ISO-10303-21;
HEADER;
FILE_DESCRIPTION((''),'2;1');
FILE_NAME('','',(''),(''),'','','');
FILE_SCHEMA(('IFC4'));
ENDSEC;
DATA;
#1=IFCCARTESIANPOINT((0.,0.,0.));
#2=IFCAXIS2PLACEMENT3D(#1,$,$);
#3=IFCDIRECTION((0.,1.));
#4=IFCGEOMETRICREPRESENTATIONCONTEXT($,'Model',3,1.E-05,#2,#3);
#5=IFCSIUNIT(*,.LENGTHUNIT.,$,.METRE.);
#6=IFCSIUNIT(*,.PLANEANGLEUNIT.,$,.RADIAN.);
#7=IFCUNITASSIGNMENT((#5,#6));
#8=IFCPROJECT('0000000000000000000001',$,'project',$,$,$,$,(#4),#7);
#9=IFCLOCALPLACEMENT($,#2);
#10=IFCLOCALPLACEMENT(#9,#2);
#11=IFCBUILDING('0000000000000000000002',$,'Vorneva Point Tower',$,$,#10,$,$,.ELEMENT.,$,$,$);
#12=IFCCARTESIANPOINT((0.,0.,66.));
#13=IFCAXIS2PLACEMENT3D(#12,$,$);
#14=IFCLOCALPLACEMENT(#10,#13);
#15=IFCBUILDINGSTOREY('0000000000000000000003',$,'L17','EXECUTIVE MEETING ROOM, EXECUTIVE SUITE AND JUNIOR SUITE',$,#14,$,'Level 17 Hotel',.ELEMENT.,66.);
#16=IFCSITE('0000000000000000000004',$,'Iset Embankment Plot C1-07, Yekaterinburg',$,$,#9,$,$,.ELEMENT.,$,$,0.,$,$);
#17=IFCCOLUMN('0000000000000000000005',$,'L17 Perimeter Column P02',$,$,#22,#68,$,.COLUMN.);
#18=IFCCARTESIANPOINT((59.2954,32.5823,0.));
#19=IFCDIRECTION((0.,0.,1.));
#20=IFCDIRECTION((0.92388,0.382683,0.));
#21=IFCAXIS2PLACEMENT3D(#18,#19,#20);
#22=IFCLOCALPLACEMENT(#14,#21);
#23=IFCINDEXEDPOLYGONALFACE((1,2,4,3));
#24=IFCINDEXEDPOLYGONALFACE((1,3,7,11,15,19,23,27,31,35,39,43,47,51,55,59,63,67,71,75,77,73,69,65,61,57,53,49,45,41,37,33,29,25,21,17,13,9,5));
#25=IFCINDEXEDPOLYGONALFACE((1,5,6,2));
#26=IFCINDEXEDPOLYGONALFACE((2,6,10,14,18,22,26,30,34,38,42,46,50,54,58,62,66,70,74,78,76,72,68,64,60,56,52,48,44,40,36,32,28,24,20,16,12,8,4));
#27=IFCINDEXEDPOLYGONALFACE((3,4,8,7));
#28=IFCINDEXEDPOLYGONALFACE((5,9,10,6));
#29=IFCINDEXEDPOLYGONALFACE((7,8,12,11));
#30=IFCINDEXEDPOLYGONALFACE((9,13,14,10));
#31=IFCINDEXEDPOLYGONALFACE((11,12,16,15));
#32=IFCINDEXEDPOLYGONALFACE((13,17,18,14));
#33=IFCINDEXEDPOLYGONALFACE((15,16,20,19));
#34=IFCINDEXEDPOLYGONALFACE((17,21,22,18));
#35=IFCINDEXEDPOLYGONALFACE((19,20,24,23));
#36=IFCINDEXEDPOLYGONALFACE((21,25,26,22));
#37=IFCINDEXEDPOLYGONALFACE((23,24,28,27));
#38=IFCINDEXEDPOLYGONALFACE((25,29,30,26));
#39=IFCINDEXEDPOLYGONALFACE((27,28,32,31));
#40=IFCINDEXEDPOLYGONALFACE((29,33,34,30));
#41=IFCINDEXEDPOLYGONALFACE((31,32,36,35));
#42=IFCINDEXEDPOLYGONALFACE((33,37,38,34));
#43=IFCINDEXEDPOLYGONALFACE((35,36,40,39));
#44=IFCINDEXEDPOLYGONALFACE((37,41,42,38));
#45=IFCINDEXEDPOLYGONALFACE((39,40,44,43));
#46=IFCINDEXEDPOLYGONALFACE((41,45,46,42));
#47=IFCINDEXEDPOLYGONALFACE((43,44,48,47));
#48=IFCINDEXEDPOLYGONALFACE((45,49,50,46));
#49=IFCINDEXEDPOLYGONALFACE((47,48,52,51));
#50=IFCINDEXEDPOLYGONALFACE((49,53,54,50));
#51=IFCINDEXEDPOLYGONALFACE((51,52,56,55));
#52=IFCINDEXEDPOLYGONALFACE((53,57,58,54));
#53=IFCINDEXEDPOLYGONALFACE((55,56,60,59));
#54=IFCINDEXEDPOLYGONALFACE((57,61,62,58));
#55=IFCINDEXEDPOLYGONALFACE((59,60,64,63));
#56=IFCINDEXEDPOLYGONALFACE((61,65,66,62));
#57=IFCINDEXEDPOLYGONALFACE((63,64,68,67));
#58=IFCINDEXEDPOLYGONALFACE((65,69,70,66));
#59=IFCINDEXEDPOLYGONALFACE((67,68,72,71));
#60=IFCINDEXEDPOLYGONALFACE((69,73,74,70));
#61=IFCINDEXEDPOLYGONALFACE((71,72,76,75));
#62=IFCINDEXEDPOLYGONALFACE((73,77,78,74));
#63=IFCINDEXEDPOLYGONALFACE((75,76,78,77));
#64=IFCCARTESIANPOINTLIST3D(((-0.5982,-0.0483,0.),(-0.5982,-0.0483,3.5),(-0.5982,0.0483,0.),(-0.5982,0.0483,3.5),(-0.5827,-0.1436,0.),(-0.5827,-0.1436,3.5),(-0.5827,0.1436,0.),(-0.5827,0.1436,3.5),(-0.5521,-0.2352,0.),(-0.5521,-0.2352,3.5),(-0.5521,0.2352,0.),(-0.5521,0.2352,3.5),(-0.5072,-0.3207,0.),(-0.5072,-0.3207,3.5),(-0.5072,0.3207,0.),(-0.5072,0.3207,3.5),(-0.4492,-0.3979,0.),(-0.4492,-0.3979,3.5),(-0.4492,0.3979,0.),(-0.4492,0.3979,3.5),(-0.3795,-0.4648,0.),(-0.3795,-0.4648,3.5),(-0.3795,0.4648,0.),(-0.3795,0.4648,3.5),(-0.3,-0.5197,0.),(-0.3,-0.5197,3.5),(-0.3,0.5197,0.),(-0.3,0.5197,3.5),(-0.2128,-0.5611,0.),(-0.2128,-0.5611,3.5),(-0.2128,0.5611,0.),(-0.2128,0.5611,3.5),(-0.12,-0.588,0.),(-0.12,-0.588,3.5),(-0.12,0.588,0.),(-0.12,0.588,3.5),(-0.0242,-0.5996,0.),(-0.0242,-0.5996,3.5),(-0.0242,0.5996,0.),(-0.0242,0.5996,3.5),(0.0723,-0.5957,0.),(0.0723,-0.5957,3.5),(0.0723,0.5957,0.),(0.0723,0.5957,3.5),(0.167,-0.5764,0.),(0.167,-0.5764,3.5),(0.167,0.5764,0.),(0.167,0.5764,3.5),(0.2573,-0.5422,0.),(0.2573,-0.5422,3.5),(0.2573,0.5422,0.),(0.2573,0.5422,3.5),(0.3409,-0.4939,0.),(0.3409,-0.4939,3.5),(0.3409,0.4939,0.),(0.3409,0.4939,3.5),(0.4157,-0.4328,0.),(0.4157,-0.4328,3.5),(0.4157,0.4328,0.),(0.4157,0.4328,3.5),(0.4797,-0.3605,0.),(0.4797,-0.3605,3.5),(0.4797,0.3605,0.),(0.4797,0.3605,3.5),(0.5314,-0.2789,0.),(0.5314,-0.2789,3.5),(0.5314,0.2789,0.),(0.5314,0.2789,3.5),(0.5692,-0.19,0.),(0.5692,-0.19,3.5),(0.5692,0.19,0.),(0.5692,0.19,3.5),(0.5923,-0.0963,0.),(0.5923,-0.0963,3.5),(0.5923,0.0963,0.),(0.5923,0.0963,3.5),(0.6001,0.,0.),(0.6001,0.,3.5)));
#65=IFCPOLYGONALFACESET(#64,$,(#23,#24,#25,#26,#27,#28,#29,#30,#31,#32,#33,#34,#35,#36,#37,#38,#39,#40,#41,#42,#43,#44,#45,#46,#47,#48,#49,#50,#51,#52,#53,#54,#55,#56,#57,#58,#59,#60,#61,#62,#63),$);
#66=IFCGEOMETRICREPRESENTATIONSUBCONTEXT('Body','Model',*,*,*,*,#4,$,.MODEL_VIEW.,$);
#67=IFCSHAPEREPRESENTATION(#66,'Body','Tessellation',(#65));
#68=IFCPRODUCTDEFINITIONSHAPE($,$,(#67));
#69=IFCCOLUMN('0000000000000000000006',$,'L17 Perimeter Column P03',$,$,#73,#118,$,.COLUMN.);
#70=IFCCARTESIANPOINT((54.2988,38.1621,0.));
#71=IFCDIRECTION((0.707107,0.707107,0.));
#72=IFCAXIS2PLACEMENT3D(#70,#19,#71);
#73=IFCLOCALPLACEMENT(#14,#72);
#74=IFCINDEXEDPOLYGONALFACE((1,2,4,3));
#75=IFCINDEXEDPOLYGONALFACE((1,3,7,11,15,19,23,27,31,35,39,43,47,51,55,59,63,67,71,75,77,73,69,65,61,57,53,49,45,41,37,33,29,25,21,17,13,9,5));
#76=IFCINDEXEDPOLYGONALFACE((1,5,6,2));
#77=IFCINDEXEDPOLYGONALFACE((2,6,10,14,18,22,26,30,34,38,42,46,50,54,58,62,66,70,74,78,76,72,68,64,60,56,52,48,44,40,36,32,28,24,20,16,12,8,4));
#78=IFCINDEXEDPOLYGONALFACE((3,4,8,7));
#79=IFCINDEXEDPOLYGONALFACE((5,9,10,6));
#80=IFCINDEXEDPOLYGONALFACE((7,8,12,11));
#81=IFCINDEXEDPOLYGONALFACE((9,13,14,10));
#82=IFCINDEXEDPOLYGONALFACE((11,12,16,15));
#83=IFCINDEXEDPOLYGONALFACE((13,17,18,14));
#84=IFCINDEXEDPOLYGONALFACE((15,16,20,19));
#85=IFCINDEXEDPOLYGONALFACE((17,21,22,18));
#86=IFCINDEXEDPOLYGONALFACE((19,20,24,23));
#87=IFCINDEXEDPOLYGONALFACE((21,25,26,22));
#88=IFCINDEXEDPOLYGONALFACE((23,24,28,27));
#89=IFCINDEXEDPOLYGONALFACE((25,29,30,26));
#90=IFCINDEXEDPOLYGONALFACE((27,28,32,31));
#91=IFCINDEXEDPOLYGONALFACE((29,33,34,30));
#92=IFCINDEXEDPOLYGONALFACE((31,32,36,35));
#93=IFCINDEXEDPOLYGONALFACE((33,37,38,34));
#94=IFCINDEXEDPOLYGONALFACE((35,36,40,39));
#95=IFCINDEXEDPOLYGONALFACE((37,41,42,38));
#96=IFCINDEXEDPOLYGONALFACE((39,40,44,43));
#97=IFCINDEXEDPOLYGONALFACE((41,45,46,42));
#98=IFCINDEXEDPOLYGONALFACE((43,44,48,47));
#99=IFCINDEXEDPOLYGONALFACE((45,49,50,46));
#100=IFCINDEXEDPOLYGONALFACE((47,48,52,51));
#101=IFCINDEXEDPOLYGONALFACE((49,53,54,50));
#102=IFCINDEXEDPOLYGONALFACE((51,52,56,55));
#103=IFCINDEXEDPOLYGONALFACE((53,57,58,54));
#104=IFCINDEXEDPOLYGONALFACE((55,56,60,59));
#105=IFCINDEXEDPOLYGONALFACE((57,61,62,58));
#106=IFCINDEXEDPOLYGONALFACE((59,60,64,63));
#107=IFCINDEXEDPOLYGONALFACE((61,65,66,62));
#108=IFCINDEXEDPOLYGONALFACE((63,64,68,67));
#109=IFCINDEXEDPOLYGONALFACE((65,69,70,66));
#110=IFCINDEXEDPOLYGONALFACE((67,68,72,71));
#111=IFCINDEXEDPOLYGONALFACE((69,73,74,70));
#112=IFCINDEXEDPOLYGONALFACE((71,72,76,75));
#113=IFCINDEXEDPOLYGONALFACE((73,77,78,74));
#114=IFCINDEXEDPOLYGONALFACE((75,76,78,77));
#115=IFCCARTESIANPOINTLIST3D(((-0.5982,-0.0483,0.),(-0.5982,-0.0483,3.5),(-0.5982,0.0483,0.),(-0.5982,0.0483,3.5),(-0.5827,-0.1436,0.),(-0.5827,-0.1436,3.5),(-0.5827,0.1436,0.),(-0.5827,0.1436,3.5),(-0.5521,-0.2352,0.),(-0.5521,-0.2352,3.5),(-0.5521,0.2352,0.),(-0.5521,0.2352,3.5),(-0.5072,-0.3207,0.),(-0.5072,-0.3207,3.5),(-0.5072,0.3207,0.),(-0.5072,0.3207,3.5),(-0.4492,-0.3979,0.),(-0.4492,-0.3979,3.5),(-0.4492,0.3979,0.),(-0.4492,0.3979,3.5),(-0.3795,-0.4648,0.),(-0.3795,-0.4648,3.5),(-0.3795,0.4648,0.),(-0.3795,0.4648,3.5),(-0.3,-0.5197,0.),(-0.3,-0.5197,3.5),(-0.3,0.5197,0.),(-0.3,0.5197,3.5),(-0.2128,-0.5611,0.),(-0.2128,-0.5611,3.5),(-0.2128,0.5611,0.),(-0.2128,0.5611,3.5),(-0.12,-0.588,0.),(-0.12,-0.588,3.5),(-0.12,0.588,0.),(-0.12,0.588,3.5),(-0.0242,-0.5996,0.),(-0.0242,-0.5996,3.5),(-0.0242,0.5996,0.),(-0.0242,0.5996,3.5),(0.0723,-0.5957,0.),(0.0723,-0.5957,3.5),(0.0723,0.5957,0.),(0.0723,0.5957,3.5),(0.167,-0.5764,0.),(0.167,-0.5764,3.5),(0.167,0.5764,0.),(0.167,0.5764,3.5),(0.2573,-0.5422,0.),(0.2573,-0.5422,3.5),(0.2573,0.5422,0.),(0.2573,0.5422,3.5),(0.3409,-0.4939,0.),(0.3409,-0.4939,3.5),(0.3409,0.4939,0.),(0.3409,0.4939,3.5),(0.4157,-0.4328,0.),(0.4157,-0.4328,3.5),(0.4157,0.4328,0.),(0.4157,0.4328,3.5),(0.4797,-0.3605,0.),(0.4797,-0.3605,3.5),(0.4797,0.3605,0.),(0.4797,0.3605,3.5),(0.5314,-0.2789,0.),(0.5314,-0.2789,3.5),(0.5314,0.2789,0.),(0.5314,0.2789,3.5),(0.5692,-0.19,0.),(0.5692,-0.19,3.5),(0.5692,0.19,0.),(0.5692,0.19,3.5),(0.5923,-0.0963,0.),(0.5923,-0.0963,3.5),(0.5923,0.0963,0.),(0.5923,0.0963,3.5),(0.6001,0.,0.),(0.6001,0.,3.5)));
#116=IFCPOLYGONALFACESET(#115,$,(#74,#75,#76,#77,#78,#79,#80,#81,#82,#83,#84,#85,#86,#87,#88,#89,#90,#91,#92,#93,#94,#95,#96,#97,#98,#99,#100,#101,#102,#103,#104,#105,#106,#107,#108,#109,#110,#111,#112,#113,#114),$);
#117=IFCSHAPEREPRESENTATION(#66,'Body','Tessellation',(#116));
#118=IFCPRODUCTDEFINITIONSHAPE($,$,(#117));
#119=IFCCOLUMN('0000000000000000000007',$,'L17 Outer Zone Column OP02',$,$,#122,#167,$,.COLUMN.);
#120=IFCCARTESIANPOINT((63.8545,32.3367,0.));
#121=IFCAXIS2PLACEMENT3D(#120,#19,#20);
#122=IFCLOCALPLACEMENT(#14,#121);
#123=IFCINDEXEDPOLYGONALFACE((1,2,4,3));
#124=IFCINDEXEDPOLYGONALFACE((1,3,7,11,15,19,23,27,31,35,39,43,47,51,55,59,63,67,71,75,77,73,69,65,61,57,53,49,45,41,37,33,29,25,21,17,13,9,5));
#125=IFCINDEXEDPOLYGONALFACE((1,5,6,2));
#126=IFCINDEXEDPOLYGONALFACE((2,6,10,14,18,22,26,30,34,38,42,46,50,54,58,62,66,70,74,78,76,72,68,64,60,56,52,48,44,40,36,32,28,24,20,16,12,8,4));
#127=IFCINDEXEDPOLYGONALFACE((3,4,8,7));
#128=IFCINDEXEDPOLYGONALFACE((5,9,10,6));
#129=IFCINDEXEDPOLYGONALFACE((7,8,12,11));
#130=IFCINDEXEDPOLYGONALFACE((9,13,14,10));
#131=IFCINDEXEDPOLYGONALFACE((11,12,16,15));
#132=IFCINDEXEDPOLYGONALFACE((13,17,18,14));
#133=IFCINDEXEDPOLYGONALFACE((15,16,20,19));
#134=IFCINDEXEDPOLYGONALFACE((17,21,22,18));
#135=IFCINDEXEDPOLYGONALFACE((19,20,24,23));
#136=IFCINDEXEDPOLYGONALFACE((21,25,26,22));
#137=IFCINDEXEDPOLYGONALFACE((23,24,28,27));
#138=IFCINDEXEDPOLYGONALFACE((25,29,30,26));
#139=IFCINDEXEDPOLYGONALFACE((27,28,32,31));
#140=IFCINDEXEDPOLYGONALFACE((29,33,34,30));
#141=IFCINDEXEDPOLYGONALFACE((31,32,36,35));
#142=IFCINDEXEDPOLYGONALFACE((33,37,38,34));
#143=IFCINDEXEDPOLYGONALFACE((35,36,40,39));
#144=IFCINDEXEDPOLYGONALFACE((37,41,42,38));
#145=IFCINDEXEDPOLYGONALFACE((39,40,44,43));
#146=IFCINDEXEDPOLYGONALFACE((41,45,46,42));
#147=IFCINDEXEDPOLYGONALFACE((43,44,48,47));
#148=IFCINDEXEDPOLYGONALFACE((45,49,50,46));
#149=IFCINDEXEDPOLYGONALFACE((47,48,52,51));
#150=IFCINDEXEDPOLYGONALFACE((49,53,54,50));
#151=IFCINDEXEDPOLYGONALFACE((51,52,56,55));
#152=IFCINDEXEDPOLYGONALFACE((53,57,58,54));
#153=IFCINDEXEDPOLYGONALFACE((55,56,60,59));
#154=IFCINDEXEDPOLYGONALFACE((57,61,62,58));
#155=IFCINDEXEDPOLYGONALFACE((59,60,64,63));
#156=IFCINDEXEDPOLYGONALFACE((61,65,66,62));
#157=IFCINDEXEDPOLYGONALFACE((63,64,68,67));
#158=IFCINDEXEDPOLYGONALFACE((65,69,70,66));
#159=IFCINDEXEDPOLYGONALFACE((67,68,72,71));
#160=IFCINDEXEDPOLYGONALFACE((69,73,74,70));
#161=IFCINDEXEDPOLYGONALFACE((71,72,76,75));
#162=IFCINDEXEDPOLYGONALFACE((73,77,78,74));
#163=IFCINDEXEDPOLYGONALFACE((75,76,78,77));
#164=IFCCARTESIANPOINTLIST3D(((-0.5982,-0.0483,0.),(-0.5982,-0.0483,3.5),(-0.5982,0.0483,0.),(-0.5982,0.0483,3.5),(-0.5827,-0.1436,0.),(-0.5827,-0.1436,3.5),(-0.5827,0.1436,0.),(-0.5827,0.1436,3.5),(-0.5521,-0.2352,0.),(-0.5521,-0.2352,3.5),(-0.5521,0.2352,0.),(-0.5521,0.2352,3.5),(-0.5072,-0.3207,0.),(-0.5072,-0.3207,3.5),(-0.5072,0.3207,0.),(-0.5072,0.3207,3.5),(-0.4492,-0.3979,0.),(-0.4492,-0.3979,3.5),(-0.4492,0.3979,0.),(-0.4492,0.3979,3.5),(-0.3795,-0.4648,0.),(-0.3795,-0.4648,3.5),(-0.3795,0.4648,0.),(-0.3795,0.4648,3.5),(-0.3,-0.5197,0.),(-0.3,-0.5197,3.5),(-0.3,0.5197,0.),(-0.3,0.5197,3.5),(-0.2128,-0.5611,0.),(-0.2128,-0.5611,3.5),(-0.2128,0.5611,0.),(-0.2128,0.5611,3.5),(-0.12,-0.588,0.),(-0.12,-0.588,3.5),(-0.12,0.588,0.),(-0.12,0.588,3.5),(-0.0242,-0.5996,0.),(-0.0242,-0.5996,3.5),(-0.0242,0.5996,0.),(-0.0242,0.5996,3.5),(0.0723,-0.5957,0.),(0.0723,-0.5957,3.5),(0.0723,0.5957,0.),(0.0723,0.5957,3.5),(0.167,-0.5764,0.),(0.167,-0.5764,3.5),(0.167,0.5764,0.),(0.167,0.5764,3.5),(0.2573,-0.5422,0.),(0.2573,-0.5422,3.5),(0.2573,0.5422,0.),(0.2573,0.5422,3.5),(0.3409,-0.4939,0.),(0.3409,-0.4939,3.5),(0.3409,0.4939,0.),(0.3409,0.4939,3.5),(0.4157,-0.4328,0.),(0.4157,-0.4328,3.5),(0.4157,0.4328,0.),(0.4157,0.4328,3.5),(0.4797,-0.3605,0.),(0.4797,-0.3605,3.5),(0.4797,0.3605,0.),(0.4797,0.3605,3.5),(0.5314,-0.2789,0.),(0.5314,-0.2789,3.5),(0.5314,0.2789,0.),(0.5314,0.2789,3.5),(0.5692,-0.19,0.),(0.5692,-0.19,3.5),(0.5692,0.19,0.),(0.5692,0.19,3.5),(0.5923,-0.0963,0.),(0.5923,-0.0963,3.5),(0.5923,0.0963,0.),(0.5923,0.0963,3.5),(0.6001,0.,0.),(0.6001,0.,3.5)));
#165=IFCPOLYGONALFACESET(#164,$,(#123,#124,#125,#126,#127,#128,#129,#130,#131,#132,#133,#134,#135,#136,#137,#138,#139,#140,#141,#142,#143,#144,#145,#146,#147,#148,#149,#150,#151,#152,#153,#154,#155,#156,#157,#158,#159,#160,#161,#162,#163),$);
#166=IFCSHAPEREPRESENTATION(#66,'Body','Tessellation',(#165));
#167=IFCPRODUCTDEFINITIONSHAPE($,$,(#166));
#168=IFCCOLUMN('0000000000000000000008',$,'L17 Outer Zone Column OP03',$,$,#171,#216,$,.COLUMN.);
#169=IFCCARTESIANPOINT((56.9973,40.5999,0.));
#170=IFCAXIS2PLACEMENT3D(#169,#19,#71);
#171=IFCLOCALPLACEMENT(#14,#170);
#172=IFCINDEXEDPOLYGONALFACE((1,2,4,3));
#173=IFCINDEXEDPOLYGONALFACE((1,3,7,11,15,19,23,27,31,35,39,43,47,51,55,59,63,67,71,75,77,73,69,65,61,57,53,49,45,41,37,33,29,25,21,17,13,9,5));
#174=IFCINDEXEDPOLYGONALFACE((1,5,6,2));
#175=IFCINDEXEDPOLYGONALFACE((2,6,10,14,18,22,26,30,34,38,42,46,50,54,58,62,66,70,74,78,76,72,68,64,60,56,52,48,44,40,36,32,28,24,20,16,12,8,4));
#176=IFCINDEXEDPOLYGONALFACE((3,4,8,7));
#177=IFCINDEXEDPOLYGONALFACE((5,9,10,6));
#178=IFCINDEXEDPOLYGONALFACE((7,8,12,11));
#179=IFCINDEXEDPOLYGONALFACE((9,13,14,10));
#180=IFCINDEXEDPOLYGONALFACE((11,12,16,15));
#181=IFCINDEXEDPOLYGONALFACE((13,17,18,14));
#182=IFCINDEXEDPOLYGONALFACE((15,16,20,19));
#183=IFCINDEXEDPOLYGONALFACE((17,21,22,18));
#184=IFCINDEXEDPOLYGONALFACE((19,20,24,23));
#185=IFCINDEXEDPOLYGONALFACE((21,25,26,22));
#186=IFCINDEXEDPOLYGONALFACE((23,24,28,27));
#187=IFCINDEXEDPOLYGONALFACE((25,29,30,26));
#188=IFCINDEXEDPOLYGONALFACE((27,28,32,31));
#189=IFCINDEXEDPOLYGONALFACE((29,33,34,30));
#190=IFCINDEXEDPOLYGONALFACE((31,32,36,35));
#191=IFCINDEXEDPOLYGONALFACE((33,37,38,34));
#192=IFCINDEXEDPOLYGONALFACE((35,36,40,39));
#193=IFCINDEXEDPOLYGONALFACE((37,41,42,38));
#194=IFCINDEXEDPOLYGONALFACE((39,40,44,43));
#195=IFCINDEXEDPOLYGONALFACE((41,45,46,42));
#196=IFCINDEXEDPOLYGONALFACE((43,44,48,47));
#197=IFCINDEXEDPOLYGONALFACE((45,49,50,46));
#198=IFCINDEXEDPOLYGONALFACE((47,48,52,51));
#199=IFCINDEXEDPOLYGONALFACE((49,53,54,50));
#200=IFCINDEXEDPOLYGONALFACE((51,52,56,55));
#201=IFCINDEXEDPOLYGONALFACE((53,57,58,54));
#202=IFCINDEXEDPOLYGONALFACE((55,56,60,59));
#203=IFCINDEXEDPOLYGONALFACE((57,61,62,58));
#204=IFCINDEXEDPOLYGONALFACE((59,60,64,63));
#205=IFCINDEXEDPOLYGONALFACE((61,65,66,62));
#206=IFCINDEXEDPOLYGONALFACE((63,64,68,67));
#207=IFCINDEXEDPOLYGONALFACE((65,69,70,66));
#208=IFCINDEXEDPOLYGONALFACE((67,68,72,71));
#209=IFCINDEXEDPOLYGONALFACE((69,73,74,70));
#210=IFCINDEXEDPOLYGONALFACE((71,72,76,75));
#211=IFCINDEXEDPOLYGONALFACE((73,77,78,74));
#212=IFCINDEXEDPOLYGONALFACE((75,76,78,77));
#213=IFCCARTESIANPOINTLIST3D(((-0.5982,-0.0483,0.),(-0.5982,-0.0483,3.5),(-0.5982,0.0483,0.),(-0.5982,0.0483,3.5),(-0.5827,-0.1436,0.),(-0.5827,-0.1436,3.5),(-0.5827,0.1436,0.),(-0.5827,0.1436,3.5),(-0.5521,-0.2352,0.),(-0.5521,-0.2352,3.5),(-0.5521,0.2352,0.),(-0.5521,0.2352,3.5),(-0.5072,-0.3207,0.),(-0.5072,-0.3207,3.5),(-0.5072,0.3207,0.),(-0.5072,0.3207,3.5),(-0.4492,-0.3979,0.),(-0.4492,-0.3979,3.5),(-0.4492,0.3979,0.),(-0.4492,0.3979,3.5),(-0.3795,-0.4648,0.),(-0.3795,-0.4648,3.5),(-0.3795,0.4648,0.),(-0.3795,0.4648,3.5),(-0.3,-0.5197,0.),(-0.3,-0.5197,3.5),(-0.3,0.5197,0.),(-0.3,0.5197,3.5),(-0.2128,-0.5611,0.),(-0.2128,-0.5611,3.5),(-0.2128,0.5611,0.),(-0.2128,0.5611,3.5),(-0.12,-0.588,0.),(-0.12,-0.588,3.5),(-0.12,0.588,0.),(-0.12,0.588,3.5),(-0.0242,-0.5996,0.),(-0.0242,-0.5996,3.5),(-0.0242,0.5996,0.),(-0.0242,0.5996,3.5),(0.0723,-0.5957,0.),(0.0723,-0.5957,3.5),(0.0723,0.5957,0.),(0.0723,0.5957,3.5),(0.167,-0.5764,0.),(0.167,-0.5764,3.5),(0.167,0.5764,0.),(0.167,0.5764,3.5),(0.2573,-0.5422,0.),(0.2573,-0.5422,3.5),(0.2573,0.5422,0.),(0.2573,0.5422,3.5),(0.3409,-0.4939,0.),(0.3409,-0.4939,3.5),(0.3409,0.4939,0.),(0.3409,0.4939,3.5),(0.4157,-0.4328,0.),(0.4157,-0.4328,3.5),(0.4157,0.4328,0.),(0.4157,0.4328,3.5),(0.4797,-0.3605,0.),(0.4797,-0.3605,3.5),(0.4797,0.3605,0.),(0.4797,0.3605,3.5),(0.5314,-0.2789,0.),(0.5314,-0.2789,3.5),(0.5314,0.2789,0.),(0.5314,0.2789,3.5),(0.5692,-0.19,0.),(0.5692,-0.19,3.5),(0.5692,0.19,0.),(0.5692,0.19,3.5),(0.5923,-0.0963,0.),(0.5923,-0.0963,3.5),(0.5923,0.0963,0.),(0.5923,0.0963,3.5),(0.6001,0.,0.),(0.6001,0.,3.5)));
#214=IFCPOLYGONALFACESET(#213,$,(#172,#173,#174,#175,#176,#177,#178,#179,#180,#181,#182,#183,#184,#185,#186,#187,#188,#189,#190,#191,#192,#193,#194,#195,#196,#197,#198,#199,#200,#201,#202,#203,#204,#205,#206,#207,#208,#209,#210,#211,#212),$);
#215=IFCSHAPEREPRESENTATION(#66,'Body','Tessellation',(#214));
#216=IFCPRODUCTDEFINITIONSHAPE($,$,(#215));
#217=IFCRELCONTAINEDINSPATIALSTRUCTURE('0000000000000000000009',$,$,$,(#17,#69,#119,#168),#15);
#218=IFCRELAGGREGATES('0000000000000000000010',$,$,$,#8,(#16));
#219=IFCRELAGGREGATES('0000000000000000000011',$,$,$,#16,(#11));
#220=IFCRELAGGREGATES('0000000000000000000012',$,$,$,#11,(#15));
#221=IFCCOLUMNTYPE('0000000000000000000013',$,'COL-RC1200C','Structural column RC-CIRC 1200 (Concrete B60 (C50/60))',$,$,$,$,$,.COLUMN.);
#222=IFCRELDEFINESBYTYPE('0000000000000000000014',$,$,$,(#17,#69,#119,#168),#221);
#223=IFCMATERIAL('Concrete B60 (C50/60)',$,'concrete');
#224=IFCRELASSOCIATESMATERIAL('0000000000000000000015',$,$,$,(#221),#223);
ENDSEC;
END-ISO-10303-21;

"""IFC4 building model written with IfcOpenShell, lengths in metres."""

from ifc_helpers import new_model, si_unit, direction, frame, origin, origin_2d, place, context, subcontext, project, spatial, circle, extrude, material, material_profile, profile_set, type_object, element, save


model = new_model("IFC4")

# Units and contexts
model_context = context("Model", 3, precision=1e-05, world=origin(), true_north=direction((0.0, 1.0)))
body_context = subcontext(model_context, "Body", "Model", "MODEL_VIEW")
ifc_project = project(units=[si_unit("LENGTHUNIT", "METRE"), si_unit("PLANEANGLEUNIT", "RADIAN")], contexts=[model_context])

# Site, building, storey
site_placement = place(None, origin())
site = spatial("IfcSite", under=ifc_project, at=site_placement, Name="Iset Embankment Plot C1-07, Yekaterinburg", CompositionType="ELEMENT", RefElevation=0.0)
building_placement = place(site_placement, origin())
building = spatial("IfcBuilding", under=site, at=building_placement, Name="Vorneva Point Tower", CompositionType="ELEMENT")
storey_placement = place(building_placement, frame((0.0, 0.0, 66.0)))
storey = spatial("IfcBuildingStorey", under=building, at=storey_placement, Name="L17", Description="EXECUTIVE MEETING ROOM, EXECUTIVE SUITE AND JUNIOR SUITE", LongName="Level 17 Hotel", CompositionType="ELEMENT", Elevation=66.0)

# Columns
ifc_material_1 = material(Name="Concrete B60 (C50/60)", Category="concrete")
ifc_material_profile_1 = material_profile(ifc_material_1, circle(Radius=0.6001, at=origin_2d()), Name="RC-CIRC 1200")
ifc_profile_set_1 = profile_set([ifc_material_profile_1], Name="Concrete B60 (C50/60)")
column_type = type_object("IfcColumnType", Name="COL-RC1200C", Description="Structural column RC-CIRC 1200 (Concrete B60 (C50/60))", PredefinedType="COLUMN", material=ifc_profile_set_1)
for number, where, z_axis, x_axis, name in (
    (1, (59.2954, 32.5823, 0.0), (0.0, 0.0, 1.0), (0.92388, 0.382683, 0.0), "L17 Perimeter Column P02"),
    (2, (54.2988, 38.1621, 0.0), (0.0, 0.0, 1.0), (0.707107, 0.707107, 0.0), "L17 Perimeter Column P03"),
    (3, (63.8545, 32.3367, 0.0), (0.0, 0.0, 1.0), (0.92388, 0.382683, 0.0), "L17 Outer Zone Column OP02"),
    (4, (56.9973, 40.5999, 0.0), (0.0, 0.0, 1.0), (0.707107, 0.707107, 0.0), "L17 Outer Zone Column OP03"),
):
    element("IfcColumn", number, at=place(storey_placement, frame(where, z_axis=z_axis, x_axis=x_axis)), inside=storey, type_object=column_type, Name=name, PredefinedType="COLUMN", context=body_context, shape_type="SweptSolid", body=[
        extrude(circle(Radius=0.6001, at=origin_2d()), origin(), (0.0, 0.0, 1.0), 3.5),
    ])

save(model, "model.ifc")
